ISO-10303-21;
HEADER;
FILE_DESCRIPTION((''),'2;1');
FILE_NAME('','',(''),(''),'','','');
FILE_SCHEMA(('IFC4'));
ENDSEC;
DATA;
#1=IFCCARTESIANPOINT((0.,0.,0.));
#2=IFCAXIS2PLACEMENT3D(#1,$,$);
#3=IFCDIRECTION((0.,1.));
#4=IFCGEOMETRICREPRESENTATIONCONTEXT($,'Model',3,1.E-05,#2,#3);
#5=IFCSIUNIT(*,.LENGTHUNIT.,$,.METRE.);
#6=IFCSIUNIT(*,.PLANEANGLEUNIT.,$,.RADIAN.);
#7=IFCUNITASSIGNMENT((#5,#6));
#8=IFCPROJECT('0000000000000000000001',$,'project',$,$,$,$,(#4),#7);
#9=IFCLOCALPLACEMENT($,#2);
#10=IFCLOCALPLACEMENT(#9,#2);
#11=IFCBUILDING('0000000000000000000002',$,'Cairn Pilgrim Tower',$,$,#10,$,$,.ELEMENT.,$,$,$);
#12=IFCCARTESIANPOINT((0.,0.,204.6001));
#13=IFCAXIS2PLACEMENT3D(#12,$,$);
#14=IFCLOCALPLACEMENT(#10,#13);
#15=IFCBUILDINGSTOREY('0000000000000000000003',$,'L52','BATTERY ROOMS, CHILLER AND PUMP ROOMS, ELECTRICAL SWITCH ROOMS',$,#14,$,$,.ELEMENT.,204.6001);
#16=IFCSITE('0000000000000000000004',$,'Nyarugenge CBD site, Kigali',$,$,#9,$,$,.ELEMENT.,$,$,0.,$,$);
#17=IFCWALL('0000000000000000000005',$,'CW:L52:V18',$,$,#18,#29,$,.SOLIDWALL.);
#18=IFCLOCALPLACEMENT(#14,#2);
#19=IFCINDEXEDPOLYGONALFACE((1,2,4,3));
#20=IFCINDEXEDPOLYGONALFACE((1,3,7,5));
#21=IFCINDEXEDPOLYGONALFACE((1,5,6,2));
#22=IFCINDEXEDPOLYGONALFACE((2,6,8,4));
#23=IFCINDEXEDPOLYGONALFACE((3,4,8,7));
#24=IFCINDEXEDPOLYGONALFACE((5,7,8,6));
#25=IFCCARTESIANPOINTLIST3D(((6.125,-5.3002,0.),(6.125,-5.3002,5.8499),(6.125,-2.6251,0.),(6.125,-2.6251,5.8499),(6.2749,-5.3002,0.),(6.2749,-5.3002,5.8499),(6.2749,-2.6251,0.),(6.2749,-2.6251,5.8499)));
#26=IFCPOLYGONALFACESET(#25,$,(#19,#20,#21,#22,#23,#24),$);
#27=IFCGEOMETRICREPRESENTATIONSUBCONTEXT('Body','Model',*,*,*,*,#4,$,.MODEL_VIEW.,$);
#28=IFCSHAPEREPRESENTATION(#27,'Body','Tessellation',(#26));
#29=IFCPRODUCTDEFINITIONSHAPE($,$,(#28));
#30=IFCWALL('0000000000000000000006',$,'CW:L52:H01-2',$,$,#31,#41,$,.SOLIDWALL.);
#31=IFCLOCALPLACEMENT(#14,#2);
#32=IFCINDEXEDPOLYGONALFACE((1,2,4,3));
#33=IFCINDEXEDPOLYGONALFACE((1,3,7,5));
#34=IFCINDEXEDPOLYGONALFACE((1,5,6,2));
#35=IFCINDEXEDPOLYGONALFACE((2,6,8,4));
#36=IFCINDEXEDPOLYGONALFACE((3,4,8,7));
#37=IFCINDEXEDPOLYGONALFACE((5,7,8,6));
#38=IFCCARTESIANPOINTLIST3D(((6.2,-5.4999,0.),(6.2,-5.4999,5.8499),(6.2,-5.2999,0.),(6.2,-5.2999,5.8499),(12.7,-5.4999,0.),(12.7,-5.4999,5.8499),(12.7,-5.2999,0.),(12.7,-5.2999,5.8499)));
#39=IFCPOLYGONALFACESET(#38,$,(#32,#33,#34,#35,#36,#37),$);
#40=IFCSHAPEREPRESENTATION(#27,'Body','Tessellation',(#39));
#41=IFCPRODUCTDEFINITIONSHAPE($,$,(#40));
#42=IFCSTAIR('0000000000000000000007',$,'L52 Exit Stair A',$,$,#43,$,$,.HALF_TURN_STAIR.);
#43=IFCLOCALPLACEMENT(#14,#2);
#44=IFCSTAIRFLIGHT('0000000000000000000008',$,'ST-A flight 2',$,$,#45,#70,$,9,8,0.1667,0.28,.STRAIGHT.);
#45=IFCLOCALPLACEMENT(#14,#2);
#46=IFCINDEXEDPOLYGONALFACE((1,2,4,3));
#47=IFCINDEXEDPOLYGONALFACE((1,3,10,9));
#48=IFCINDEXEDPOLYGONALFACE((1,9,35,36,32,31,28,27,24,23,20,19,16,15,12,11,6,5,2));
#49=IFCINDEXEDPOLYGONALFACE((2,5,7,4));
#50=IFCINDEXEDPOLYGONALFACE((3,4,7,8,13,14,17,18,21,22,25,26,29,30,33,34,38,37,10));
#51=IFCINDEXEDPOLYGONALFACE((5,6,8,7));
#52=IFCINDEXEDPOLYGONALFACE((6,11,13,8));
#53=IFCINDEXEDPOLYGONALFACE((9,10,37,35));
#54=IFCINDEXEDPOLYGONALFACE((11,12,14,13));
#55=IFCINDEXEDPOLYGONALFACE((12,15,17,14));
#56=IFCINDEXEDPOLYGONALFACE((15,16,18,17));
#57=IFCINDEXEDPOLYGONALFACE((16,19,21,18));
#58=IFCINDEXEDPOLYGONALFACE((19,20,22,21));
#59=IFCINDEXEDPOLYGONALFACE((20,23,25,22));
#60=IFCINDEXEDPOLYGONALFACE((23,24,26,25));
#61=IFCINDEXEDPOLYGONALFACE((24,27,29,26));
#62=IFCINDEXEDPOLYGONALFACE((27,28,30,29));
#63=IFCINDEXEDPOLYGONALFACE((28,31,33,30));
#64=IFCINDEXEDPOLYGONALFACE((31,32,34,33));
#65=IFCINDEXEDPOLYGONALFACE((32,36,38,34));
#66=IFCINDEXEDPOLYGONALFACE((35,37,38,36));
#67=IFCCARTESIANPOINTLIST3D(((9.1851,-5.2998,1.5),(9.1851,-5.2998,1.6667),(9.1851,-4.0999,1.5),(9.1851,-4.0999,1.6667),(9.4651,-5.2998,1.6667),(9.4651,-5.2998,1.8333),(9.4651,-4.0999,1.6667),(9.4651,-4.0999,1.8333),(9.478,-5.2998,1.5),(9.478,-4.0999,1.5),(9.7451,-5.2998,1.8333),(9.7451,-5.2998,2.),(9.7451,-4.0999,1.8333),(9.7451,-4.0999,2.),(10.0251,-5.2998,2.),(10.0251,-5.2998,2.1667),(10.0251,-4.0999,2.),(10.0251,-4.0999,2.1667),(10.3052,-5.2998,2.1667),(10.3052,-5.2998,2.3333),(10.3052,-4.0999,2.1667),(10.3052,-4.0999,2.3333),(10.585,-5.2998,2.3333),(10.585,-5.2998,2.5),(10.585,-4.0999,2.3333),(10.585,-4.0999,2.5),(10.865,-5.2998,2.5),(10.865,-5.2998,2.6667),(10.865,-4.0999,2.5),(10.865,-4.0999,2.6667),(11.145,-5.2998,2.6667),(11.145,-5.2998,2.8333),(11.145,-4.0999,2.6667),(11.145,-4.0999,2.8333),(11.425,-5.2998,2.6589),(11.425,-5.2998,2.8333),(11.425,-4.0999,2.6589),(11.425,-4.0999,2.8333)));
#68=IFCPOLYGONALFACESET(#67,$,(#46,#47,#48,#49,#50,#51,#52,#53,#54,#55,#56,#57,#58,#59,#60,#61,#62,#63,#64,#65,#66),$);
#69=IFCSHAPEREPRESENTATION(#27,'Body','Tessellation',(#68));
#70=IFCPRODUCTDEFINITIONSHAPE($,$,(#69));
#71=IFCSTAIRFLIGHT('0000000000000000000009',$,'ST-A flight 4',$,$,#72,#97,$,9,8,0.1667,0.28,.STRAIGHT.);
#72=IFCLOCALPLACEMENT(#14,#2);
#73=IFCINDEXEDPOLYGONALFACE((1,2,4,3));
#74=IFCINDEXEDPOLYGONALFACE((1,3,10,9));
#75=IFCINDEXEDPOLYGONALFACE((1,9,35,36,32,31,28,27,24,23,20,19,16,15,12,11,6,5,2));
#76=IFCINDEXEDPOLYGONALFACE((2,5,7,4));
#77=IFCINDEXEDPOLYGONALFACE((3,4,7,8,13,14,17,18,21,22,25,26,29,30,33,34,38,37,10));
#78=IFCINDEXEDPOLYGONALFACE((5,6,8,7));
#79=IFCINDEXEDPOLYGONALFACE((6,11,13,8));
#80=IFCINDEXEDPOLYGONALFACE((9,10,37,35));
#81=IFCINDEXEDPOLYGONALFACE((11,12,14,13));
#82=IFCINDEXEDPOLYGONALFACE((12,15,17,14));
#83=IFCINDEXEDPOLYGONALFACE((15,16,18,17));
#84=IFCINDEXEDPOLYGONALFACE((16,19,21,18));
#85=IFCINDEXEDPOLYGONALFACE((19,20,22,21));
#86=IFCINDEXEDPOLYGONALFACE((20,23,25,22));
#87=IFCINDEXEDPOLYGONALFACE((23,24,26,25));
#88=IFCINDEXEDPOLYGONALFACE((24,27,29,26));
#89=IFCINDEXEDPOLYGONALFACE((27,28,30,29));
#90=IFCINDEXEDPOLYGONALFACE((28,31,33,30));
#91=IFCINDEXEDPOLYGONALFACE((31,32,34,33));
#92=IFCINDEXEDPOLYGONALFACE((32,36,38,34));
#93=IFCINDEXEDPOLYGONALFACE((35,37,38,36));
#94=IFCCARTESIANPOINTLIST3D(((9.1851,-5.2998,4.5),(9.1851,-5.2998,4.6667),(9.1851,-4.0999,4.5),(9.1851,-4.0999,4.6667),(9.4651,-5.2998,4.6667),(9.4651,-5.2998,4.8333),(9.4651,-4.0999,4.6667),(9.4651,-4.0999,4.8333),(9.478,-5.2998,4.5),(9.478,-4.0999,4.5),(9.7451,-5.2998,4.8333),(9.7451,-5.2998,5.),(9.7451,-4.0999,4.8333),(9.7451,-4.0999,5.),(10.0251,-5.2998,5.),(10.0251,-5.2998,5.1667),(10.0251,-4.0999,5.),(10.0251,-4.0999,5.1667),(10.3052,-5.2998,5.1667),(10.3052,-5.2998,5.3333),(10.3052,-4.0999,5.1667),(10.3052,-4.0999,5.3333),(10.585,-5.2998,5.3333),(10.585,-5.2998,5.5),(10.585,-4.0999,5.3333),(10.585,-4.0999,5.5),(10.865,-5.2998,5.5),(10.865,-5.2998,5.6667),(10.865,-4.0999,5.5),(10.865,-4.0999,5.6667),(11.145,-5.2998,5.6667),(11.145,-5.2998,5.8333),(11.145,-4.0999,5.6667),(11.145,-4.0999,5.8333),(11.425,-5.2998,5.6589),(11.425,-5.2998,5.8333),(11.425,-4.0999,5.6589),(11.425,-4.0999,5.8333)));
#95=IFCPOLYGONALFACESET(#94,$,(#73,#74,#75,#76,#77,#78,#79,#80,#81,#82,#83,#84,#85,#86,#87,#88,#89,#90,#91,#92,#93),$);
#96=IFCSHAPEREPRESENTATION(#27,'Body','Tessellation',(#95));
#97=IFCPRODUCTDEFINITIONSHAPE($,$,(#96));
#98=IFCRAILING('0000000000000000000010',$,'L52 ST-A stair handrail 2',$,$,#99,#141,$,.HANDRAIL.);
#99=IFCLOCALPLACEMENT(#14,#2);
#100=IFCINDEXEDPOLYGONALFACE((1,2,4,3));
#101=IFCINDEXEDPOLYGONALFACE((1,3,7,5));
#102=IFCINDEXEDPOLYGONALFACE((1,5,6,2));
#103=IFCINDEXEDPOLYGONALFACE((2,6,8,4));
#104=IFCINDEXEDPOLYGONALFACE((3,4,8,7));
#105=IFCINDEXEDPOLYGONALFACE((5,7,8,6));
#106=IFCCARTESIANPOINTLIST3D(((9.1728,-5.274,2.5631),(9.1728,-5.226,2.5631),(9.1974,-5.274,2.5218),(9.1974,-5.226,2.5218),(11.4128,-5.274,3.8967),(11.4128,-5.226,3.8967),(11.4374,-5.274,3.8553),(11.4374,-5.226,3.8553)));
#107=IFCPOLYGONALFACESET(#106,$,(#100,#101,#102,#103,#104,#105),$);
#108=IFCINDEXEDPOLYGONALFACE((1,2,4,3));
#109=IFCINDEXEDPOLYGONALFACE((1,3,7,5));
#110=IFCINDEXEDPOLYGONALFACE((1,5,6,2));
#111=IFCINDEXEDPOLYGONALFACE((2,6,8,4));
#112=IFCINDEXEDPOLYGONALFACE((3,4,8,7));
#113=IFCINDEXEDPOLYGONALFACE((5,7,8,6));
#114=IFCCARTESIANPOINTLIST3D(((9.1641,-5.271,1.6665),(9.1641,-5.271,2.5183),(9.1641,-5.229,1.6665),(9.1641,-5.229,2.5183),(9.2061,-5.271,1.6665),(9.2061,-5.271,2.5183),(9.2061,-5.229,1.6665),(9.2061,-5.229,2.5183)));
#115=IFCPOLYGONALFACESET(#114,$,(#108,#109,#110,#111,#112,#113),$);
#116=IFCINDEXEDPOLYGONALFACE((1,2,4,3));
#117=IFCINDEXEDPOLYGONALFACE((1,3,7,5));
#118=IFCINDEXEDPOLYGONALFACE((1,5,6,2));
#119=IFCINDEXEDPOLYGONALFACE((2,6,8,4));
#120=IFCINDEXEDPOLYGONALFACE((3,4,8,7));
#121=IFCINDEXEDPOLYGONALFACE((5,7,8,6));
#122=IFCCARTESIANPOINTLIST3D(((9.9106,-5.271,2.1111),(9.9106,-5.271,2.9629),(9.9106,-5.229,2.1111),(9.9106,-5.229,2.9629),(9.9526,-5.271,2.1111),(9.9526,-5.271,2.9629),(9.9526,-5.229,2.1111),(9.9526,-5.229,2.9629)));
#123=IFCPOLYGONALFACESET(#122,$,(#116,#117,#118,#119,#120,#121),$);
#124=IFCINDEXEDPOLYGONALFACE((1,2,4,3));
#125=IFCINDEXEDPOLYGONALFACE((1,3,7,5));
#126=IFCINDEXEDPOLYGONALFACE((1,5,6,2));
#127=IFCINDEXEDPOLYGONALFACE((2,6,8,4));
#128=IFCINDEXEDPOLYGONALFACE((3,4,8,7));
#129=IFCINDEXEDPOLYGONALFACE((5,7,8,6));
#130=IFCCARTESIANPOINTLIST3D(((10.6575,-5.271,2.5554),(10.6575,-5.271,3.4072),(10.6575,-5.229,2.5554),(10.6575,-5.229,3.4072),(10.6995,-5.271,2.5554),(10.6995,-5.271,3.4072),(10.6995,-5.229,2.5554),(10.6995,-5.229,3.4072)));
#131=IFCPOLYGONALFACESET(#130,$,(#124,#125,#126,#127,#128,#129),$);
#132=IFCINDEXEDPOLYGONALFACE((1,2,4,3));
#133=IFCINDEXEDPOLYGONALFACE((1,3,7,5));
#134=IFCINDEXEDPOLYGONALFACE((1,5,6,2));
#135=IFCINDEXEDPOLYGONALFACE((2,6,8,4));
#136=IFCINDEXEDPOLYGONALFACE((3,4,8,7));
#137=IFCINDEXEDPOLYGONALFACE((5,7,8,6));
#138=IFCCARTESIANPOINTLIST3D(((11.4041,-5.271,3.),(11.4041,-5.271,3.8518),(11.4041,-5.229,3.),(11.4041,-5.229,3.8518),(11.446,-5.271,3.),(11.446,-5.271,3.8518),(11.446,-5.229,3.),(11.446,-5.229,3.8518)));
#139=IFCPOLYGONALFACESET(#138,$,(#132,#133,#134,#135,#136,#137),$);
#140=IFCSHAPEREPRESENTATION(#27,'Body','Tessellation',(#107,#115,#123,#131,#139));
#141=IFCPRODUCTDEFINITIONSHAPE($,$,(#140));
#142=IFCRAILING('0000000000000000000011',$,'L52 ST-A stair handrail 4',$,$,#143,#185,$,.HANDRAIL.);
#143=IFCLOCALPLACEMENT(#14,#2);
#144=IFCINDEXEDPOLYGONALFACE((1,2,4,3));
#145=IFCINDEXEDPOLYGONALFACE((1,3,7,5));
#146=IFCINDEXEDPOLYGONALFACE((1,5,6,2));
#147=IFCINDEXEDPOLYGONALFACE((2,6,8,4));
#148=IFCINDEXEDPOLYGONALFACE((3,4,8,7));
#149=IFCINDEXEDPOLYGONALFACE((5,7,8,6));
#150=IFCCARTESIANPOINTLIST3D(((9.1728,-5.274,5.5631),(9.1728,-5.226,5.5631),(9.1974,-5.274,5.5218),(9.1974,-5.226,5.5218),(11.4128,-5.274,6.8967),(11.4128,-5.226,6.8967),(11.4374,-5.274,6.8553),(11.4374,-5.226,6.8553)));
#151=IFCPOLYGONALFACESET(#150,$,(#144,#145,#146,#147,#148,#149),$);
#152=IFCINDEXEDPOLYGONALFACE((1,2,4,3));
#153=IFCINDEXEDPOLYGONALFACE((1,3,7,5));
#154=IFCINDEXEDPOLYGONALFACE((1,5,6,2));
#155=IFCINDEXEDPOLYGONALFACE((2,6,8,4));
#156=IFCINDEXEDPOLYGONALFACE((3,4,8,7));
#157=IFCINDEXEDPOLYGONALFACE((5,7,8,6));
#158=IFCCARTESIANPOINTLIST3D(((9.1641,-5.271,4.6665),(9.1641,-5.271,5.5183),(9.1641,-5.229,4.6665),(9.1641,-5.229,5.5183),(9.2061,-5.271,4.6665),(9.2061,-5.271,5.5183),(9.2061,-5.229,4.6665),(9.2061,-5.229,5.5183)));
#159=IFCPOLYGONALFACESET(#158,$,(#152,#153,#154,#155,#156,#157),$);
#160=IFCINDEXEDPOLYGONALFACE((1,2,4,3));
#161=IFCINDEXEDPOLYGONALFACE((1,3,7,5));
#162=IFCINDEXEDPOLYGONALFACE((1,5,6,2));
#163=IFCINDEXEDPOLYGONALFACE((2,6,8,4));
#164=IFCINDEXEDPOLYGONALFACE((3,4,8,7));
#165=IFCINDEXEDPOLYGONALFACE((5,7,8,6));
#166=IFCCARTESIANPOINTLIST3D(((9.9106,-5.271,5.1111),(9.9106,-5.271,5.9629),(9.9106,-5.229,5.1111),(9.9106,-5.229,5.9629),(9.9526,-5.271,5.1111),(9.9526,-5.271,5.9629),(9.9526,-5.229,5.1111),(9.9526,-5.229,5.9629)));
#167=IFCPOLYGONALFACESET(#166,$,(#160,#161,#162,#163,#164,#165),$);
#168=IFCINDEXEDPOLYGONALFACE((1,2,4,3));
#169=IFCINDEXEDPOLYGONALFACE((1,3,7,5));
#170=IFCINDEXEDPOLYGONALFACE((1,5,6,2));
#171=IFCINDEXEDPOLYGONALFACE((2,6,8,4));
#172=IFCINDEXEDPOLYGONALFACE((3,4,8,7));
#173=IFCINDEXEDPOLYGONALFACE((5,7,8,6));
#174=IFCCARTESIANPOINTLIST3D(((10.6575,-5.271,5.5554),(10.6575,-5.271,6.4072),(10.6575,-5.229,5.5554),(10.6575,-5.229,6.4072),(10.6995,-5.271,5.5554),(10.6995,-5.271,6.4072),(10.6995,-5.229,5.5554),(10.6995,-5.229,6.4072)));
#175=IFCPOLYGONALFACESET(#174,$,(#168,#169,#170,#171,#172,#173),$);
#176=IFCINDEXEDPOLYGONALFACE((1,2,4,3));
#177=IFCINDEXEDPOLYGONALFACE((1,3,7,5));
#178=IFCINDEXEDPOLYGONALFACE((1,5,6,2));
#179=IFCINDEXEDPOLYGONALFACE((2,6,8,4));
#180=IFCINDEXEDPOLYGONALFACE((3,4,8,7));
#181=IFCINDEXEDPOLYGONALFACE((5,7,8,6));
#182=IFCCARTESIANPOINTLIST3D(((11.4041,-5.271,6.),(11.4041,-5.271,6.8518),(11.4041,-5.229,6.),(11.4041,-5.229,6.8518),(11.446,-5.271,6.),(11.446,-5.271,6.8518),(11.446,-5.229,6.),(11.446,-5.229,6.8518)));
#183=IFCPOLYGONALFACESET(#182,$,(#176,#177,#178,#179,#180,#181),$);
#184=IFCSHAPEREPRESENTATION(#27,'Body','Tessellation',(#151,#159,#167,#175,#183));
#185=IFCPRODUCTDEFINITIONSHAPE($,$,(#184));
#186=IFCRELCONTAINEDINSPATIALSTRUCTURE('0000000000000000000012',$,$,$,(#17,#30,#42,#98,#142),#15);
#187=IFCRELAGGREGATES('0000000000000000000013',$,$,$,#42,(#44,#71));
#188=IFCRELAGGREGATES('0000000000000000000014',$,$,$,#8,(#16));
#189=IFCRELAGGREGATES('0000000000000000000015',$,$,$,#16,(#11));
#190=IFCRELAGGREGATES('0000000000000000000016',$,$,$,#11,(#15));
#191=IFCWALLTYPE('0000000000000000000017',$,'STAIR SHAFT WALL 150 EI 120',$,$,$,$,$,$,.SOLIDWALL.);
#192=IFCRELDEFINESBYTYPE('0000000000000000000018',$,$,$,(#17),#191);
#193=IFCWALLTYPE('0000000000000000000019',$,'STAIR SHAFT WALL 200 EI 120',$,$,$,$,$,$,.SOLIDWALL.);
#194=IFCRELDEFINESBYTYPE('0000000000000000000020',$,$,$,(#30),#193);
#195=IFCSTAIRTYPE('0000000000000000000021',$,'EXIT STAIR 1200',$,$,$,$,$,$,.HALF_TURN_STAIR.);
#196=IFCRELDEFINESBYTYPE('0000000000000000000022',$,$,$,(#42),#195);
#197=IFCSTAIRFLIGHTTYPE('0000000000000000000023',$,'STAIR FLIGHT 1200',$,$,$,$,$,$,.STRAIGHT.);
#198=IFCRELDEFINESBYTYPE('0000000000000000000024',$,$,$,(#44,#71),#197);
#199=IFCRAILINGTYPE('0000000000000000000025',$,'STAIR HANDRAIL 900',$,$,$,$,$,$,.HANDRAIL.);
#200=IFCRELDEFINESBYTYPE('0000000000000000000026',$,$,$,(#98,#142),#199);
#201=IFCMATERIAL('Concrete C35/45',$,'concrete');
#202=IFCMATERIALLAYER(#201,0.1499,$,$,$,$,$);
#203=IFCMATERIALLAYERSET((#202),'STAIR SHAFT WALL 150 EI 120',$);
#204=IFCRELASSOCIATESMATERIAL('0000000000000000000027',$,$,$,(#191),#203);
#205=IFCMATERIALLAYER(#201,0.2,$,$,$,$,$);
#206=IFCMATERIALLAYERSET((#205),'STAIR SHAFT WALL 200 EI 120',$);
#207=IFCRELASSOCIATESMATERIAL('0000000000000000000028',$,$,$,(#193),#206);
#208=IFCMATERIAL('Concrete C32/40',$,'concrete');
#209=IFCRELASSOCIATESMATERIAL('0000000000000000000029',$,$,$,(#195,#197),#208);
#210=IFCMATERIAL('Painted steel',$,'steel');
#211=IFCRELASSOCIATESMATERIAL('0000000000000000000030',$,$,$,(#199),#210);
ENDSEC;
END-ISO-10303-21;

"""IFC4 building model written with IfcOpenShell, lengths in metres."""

from ifc_helpers import new_model, si_unit, direction, frame, frame_2d, origin, origin_2d, place, context, subcontext, project, spatial, polyline, rectangle, outline, extrude, material, layer, layer_set, type_object, element, aggregate, save


model = new_model("IFC4")

# Units and contexts
model_context = context("Model", 3, precision=1e-05, world=origin(), true_north=direction((0.0, 1.0)))
body_context = subcontext(model_context, "Body", "Model", "MODEL_VIEW")
ifc_project = project(units=[si_unit("LENGTHUNIT", "METRE"), si_unit("PLANEANGLEUNIT", "RADIAN")], contexts=[model_context])

# Site, building, storey
site_placement = place(None, origin())
site = spatial("IfcSite", under=ifc_project, at=site_placement, Name="Nyarugenge CBD site, Kigali", CompositionType="ELEMENT", RefElevation=0.0)
building_placement = place(site_placement, origin())
building = spatial("IfcBuilding", under=site, at=building_placement, Name="Cairn Pilgrim Tower", CompositionType="ELEMENT")
storey_placement = place(building_placement, frame((0.0, 0.0, 204.6001)))
storey = spatial("IfcBuildingStorey", under=building, at=storey_placement, Name="L52", Description="BATTERY ROOMS, CHILLER AND PUMP ROOMS, ELECTRICAL SWITCH ROOMS", CompositionType="ELEMENT", Elevation=204.6001)

# Shared definitions
ifc_material_1 = material(Name="Concrete C32/40", Category="concrete")

# Shared definitions
ifc_material_2 = material(Name="Concrete C35/45", Category="concrete")
ifc_layer_1 = layer(ifc_material_2, 0.1499)
ifc_layer_set_1 = layer_set([ifc_layer_1], Name="STAIR SHAFT WALL 150 EI 120")
wall_type_1 = type_object("IfcWallType", Name="STAIR SHAFT WALL 150 EI 120", PredefinedType="SOLIDWALL", material=ifc_layer_set_1)
ifc_material_3 = material(Name="Painted steel", Category="steel")

# Walls
wall_1_placement = place(storey_placement, frame((6.2, -5.3, 0.0), z_axis=(0.0, 0.0, 1.0), x_axis=(0.0, 1.0, 0.0)))
element("IfcWall", 1, at=wall_1_placement, inside=storey, type_object=wall_type_1, Name="CW:L52:V18", PredefinedType="SOLIDWALL", context=body_context, shape_type="SweptSolid", body=[
    extrude(rectangle(XDim=2.675, YDim=0.1499, at=frame_2d((1.3374, 0.0))), origin(), (0.0, 0.0, 1.0), 5.8499),
])
ifc_layer_2 = layer(ifc_material_2, 0.2)
ifc_layer_set_2 = layer_set([ifc_layer_2], Name="STAIR SHAFT WALL 200 EI 120")
wall_type_2 = type_object("IfcWallType", Name="STAIR SHAFT WALL 200 EI 120", PredefinedType="SOLIDWALL", material=ifc_layer_set_2)
wall_2_placement = place(storey_placement, frame((6.2, -5.3999, 0.0), z_axis=(0.0, 0.0, 1.0), x_axis=(1.0, 0.0, 0.0)))
element("IfcWall", 2, at=wall_2_placement, inside=storey, type_object=wall_type_2, Name="CW:L52:H01-2", PredefinedType="SOLIDWALL", context=body_context, shape_type="SweptSolid", body=[
    extrude(rectangle(XDim=6.5, YDim=0.2, at=frame_2d((3.25, 0.0))), origin(), (0.0, 0.0, 1.0), 5.8499),
])

# Stair, stair flights
stair_type = type_object("IfcStairType", Name="EXIT STAIR 1200", PredefinedType="HALF_TURN_STAIR", material=ifc_material_1)
stair_placement = place(storey_placement, origin())
stair = element("IfcStair", 3, at=stair_placement, inside=storey, type_object=stair_type, Name="L52 Exit Stair A", PredefinedType="HALF_TURN_STAIR")
stair_flight_type = type_object("IfcStairFlightType", Name="STAIR FLIGHT 1200", PredefinedType="STRAIGHT", material=ifc_material_1)
stair_flight_1_placement = place(storey_placement, frame((9.1851, -4.7, 1.5), z_axis=(0.0, 0.0, 1.0), x_axis=(1.0, 0.0, 0.0)))
stair_flight_1 = element("IfcStairFlight", 4, at=stair_flight_1_placement, type_object=stair_flight_type, Name="ST-A flight 2", NumberOfRisers=9, NumberOfTreads=8, PredefinedType="STRAIGHT", RiserHeight=0.1667, TreadLength=0.28, context=body_context, shape_type="SweptSolid", body=[
    extrude(outline(polyline([(0.0, 0.0), (0.0, 0.1667), (0.28, 0.1667), (0.28, 0.3333), (0.5601, 0.3333), (0.5601, 0.5), (0.8401, 0.5), (0.8401, 0.6667), (1.1201, 0.6667), (1.1201, 0.8333), (1.3999, 0.8333), (1.3999, 1.0), (1.6799, 1.0), (1.6799, 1.1667), (1.96, 1.1667), (1.96, 1.3333), (2.24, 1.3333), (2.24, 1.5), (2.24, 1.1589), (0.293, 0.0), (0.0, 0.0)])), frame((0.0, 0.6001, 0.0), z_axis=(0.0, -1.0, 0.0), x_axis=(1.0, 0.0, 0.0)), (0.0, 0.0, 1.0), 1.2),
])
stair_flight_2_placement = place(storey_placement, frame((9.1851, -4.7, 4.5), z_axis=(0.0, 0.0, 1.0), x_axis=(1.0, 0.0, 0.0)))
stair_flight_2 = element("IfcStairFlight", 5, at=stair_flight_2_placement, type_object=stair_flight_type, Name="ST-A flight 4", NumberOfRisers=9, NumberOfTreads=8, PredefinedType="STRAIGHT", RiserHeight=0.1667, TreadLength=0.28, context=body_context, shape_type="SweptSolid", body=[
    extrude(outline(polyline([(0.0, 0.0), (0.0, 0.1667), (0.28, 0.1667), (0.28, 0.3333), (0.5601, 0.3333), (0.5601, 0.5), (0.8401, 0.5), (0.8401, 0.6667), (1.1201, 0.6667), (1.1201, 0.8333), (1.3999, 0.8333), (1.3999, 1.0), (1.6799, 1.0), (1.6799, 1.1667), (1.96, 1.1667), (1.96, 1.3333), (2.24, 1.3333), (2.24, 1.5), (2.24, 1.1589), (0.293, 0.0), (0.0, 0.0)])), frame((0.0, 0.6001, 0.0), z_axis=(0.0, -1.0, 0.0), x_axis=(1.0, 0.0, 0.0)), (0.0, 0.0, 1.0), 1.2),
])
aggregate(stair, [stair_flight_1, stair_flight_2])

# Railings
railing_type = type_object("IfcRailingType", Name="STAIR HANDRAIL 900", PredefinedType="HANDRAIL", material=ifc_material_3)
for number, where, name in (
    (6, (9.1851, -5.25, 1.6665), "L52 ST-A stair handrail 2"),
    (7, (9.1851, -5.25, 4.6665), "L52 ST-A stair handrail 4"),
):
    element("IfcRailing", number, at=place(storey_placement, frame(where)), inside=storey, type_object=railing_type, Name=name, PredefinedType="HANDRAIL", context=body_context, shape_type="SweptSolid", body=[
        extrude(rectangle(XDim=0.0481, YDim=0.0481, at=origin_2d()), frame((0.0, 0.0, 0.876), z_axis=(0.859264, 0.0, 0.511532), x_axis=(0.0, 1.0, 0.0)), (0.0, 0.0, 1.0), 2.6069),
        extrude(rectangle(XDim=0.042, YDim=0.042, at=origin_2d()), origin(), (0.0, 0.0, 1.0), 0.8518),
        extrude(rectangle(XDim=0.042, YDim=0.042, at=origin_2d()), frame((0.7466, 0.0, 0.4446)), (0.0, 0.0, 1.0), 0.8518),
        extrude(rectangle(XDim=0.042, YDim=0.042, at=origin_2d()), frame((1.4934, 0.0, 0.8889)), (0.0, 0.0, 1.0), 0.8518),
        extrude(rectangle(XDim=0.042, YDim=0.042, at=origin_2d()), frame((2.24, 0.0, 1.3335)), (0.0, 0.0, 1.0), 0.8518),
    ])

save(model, "model.ifc")
